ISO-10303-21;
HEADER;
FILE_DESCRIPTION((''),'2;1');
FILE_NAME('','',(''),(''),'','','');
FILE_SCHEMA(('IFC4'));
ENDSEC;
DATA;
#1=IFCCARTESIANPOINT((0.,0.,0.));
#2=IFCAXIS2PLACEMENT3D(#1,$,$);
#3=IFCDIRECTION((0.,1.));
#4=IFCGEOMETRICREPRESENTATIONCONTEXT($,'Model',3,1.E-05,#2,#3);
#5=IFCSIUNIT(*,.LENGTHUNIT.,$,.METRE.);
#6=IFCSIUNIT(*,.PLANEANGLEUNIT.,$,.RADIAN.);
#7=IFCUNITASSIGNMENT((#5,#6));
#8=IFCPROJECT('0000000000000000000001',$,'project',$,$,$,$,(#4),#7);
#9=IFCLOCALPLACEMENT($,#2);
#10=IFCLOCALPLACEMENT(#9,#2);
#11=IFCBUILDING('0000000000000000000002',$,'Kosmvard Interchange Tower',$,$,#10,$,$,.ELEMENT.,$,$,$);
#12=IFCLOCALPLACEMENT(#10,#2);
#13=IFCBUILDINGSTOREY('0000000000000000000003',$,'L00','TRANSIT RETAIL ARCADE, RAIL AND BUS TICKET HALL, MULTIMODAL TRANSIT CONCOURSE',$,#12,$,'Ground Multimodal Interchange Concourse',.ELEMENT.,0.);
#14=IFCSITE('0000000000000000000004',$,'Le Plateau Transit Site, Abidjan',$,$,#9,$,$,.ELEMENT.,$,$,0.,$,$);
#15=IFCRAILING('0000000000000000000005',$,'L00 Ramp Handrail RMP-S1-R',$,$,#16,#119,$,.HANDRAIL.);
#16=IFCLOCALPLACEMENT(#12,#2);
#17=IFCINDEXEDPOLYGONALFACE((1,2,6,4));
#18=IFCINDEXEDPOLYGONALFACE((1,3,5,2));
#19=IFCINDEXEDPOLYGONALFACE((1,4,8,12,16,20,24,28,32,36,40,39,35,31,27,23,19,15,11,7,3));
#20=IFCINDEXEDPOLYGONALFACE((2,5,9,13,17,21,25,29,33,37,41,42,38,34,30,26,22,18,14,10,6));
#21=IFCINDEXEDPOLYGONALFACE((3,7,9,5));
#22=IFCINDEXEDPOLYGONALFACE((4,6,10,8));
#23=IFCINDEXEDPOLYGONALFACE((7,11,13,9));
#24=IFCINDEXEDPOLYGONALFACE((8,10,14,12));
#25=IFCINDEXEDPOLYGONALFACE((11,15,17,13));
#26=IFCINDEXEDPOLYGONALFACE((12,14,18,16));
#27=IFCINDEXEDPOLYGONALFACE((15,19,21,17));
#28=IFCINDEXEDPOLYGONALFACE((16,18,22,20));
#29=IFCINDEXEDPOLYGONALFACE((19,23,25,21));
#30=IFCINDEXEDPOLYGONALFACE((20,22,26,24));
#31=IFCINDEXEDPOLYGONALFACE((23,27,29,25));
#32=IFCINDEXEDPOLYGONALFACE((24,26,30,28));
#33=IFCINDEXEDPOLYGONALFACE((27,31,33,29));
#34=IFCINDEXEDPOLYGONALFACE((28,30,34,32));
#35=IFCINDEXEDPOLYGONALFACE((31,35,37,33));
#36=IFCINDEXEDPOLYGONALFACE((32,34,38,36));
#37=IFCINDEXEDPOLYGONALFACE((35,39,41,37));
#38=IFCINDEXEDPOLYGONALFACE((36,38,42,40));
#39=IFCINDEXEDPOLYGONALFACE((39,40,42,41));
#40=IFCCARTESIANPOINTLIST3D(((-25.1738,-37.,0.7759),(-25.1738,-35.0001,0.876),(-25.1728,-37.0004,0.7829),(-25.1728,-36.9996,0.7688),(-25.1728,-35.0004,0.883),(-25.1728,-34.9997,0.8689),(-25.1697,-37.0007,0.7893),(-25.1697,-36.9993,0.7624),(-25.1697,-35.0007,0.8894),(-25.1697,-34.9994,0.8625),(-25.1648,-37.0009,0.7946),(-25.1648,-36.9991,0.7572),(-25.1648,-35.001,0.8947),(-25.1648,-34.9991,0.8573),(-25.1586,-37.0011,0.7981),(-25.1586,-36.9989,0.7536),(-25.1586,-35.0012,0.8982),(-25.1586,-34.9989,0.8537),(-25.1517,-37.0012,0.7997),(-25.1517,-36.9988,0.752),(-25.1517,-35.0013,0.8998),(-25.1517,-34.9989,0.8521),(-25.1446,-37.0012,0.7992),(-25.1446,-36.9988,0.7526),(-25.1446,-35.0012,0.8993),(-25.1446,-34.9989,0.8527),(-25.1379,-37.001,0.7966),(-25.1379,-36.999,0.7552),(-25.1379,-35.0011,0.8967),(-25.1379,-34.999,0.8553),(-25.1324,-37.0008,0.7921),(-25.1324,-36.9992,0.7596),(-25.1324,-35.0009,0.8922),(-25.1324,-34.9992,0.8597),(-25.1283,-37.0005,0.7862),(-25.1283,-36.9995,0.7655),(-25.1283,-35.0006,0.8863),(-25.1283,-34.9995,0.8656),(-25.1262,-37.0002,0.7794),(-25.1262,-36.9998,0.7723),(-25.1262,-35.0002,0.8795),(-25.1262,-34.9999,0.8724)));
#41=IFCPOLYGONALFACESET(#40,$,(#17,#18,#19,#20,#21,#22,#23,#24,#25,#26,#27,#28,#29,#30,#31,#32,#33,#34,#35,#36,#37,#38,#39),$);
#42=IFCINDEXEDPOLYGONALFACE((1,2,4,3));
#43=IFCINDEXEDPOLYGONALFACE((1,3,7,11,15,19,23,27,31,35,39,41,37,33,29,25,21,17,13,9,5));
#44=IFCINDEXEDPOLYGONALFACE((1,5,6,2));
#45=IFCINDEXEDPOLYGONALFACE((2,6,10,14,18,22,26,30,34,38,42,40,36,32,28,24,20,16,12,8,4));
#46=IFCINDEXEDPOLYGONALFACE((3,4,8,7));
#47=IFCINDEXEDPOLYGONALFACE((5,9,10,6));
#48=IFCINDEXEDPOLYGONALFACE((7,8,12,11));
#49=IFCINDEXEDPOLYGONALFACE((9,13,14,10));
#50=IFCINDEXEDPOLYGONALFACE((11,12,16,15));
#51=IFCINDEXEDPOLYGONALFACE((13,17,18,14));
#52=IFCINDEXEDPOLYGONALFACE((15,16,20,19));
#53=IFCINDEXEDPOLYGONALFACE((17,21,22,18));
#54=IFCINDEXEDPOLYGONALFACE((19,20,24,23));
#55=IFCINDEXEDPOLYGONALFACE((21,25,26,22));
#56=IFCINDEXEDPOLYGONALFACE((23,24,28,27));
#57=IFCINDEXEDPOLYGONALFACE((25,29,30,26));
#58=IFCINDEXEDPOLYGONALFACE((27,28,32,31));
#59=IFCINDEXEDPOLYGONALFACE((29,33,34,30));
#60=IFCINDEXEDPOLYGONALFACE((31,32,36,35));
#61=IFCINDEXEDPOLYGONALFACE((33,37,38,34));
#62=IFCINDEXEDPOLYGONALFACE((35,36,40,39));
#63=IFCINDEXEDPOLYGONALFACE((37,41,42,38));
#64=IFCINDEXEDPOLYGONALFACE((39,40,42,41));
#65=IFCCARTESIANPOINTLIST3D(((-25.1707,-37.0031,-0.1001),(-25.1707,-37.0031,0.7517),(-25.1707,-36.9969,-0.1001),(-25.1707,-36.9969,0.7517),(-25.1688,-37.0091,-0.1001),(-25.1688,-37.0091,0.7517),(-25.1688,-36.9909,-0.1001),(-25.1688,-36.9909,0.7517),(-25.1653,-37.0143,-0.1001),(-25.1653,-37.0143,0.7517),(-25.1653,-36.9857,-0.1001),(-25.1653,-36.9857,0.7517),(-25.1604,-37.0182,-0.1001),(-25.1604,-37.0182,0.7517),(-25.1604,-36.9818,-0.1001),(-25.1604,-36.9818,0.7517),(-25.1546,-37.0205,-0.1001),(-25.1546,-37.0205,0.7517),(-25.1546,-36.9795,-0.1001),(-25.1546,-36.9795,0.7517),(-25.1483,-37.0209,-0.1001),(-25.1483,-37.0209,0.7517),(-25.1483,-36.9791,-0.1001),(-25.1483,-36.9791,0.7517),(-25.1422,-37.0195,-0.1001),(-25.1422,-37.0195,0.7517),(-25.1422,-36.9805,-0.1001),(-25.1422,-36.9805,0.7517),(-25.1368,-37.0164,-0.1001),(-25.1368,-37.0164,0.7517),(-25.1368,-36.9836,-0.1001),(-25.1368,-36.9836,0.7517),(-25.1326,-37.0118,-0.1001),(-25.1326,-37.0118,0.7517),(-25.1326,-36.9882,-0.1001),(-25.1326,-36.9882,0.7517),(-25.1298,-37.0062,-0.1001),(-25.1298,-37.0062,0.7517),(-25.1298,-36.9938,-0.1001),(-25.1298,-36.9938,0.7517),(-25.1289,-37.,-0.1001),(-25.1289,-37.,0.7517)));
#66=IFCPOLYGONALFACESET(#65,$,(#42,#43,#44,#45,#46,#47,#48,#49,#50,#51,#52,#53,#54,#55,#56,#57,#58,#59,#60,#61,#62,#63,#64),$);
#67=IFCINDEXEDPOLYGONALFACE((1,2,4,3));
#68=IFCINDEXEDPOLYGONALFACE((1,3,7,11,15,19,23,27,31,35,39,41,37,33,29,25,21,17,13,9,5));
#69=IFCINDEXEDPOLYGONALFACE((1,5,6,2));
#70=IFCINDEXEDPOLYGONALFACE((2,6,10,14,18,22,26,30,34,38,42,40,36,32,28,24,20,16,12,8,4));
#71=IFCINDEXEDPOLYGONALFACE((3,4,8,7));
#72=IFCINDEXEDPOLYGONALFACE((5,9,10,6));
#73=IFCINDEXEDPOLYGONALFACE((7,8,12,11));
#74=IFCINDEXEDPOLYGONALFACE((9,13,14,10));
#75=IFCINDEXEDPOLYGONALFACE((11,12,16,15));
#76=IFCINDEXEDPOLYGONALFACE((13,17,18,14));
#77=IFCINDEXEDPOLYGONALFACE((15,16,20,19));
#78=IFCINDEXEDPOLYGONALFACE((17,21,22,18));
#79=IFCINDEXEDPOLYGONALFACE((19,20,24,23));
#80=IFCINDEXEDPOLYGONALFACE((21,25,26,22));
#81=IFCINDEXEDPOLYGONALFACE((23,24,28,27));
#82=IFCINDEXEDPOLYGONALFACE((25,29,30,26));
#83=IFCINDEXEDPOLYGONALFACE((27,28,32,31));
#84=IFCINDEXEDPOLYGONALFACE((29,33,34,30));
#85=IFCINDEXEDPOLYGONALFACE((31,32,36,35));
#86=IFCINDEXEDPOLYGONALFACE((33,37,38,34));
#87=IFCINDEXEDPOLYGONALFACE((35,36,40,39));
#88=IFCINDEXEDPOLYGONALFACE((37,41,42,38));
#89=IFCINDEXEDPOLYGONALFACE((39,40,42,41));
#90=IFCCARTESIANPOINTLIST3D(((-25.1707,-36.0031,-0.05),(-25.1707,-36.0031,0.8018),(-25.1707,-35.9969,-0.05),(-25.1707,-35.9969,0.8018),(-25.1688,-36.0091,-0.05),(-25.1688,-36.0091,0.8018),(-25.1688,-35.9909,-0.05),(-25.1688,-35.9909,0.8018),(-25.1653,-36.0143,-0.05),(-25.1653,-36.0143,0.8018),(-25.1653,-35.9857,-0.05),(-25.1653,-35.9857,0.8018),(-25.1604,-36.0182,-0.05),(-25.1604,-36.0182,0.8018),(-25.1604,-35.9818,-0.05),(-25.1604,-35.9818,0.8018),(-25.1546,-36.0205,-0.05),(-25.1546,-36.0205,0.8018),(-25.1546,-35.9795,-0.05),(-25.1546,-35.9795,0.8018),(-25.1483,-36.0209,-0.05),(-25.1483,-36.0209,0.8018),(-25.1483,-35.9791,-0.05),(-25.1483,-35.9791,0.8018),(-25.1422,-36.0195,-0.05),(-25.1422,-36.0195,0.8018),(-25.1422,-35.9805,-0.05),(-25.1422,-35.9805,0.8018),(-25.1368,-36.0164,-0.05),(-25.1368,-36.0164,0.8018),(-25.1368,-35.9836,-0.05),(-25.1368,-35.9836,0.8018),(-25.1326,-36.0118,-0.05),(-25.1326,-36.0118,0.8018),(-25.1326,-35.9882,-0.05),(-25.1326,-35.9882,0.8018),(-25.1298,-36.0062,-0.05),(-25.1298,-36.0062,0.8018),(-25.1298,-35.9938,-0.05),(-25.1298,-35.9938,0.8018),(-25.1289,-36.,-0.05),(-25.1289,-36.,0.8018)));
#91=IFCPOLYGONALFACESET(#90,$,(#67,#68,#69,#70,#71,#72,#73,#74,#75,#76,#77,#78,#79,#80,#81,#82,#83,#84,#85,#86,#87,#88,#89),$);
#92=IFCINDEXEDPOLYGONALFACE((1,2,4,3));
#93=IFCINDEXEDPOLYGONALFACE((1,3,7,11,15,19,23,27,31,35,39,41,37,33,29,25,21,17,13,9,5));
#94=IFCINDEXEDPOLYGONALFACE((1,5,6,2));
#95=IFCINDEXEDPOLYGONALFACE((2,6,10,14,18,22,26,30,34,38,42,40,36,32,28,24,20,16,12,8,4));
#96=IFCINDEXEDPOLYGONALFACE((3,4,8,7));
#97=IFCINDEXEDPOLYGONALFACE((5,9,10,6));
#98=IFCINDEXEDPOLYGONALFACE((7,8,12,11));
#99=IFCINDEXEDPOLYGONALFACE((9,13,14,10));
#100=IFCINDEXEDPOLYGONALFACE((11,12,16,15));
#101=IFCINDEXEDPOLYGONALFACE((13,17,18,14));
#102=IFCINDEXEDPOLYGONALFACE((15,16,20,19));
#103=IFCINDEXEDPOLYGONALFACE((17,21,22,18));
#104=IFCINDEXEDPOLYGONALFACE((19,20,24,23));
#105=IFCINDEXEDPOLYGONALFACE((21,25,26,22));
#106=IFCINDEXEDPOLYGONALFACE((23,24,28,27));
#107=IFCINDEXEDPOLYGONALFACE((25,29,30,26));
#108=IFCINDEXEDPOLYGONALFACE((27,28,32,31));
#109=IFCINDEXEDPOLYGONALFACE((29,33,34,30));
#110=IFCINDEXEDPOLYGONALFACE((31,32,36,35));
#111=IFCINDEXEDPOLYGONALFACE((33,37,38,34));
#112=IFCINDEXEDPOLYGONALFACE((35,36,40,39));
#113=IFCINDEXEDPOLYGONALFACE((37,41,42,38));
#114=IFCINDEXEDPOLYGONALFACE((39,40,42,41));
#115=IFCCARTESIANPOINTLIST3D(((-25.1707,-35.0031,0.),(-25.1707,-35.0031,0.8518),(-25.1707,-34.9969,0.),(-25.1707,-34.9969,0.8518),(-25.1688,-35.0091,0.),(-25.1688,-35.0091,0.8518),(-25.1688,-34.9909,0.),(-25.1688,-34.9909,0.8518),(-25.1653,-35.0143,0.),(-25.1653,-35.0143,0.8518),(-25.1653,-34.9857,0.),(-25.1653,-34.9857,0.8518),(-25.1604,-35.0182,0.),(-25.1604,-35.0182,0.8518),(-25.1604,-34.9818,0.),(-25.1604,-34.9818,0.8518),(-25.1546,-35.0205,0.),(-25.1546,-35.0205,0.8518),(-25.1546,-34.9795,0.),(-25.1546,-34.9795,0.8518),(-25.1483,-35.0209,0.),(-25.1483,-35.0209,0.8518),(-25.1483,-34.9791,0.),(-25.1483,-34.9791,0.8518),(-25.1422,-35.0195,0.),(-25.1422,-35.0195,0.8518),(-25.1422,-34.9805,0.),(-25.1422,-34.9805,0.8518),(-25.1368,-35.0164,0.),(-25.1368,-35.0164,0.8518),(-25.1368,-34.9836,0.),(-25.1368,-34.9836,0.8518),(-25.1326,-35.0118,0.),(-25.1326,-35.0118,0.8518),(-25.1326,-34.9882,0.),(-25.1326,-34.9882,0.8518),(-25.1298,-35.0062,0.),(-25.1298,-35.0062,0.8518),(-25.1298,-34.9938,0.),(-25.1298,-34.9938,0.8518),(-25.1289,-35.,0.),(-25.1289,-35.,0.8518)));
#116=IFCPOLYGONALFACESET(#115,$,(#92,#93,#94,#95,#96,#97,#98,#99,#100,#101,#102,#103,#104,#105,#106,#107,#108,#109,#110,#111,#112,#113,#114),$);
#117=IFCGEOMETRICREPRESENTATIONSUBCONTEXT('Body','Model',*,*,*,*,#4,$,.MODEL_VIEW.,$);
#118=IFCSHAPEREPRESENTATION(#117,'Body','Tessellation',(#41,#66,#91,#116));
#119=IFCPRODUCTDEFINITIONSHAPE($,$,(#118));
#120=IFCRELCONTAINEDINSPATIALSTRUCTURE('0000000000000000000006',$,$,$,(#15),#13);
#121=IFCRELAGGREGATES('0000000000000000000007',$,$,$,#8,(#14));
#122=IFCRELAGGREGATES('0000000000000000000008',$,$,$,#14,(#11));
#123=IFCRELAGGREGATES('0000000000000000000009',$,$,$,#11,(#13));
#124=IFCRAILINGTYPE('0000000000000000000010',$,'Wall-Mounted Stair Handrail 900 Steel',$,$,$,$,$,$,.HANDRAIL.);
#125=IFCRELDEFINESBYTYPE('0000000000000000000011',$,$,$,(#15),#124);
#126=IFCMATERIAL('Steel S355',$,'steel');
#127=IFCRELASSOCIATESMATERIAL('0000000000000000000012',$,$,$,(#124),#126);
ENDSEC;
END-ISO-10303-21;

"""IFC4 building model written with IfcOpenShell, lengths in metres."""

from ifc_helpers import new_model, si_unit, direction, frame, origin, origin_2d, place, context, subcontext, project, spatial, circle, extrude, source, transform, mapped, material, type_object, element, save


model = new_model("IFC4")

# Units and contexts
model_context = context("Model", 3, precision=1e-05, world=origin(), true_north=direction((0.0, 1.0)))
body_context = subcontext(model_context, "Body", "Model", "MODEL_VIEW")
ifc_project = project(units=[si_unit("LENGTHUNIT", "METRE"), si_unit("PLANEANGLEUNIT", "RADIAN")], contexts=[model_context])

# Site, building, storey
site_placement = place(None, origin())
site = spatial("IfcSite", under=ifc_project, at=site_placement, Name="Le Plateau Transit Site, Abidjan", CompositionType="ELEMENT", RefElevation=0.0)
building_placement = place(site_placement, origin())
building = spatial("IfcBuilding", under=site, at=building_placement, Name="Kosmvard Interchange Tower", CompositionType="ELEMENT")
storey_placement = place(building_placement, origin())
storey = spatial("IfcBuildingStorey", under=building, at=storey_placement, Name="L00", Description="TRANSIT RETAIL ARCADE, RAIL AND BUS TICKET HALL, MULTIMODAL TRANSIT CONCOURSE", LongName="Ground Multimodal Interchange Concourse", CompositionType="ELEMENT", Elevation=0.0)

# Railing
ifc_material_1 = material(Name="Steel S355", Category="steel")
railing_type = type_object("IfcRailingType", Name="Wall-Mounted Stair Handrail 900 Steel", PredefinedType="HANDRAIL", material=ifc_material_1)
shared_shape_1 = source(origin(), body_context, "Body", "SweptSolid", [
    extrude(circle(Radius=0.0239, at=origin_2d()), frame((0.0, 0.0, 0.876), z_axis=(0.0, 0.99875, 0.049986), x_axis=(-1.0, 0.0, 0.0)), (0.0, 0.0, 1.0), 2.0024),
    extrude(circle(Radius=0.021, at=origin_2d()), origin(), (0.0, 0.0, 1.0), 0.8518),
    extrude(circle(Radius=0.021, at=origin_2d()), frame((0.0, 1.0, 0.05)), (0.0, 0.0, 1.0), 0.8518),
    extrude(circle(Radius=0.021, at=origin_2d()), frame((0.0, 2.0, 0.1001)), (0.0, 0.0, 1.0), 0.8518),
])
for number, where, name in (
    (1, (-25.1499, -37.0, -0.1001), "L00 Ramp Handrail RMP-S1-R"),
):
    element("IfcRailing", number, at=place(storey_placement, frame(where)), inside=storey, type_object=railing_type, Name=name, PredefinedType="HANDRAIL", context=body_context, shape_type="MappedRepresentation", body=[
        mapped(shared_shape_1, transform((0.0, 0.0, 0.0), scale=1.0)),
    ])

save(model, "model.ifc")
